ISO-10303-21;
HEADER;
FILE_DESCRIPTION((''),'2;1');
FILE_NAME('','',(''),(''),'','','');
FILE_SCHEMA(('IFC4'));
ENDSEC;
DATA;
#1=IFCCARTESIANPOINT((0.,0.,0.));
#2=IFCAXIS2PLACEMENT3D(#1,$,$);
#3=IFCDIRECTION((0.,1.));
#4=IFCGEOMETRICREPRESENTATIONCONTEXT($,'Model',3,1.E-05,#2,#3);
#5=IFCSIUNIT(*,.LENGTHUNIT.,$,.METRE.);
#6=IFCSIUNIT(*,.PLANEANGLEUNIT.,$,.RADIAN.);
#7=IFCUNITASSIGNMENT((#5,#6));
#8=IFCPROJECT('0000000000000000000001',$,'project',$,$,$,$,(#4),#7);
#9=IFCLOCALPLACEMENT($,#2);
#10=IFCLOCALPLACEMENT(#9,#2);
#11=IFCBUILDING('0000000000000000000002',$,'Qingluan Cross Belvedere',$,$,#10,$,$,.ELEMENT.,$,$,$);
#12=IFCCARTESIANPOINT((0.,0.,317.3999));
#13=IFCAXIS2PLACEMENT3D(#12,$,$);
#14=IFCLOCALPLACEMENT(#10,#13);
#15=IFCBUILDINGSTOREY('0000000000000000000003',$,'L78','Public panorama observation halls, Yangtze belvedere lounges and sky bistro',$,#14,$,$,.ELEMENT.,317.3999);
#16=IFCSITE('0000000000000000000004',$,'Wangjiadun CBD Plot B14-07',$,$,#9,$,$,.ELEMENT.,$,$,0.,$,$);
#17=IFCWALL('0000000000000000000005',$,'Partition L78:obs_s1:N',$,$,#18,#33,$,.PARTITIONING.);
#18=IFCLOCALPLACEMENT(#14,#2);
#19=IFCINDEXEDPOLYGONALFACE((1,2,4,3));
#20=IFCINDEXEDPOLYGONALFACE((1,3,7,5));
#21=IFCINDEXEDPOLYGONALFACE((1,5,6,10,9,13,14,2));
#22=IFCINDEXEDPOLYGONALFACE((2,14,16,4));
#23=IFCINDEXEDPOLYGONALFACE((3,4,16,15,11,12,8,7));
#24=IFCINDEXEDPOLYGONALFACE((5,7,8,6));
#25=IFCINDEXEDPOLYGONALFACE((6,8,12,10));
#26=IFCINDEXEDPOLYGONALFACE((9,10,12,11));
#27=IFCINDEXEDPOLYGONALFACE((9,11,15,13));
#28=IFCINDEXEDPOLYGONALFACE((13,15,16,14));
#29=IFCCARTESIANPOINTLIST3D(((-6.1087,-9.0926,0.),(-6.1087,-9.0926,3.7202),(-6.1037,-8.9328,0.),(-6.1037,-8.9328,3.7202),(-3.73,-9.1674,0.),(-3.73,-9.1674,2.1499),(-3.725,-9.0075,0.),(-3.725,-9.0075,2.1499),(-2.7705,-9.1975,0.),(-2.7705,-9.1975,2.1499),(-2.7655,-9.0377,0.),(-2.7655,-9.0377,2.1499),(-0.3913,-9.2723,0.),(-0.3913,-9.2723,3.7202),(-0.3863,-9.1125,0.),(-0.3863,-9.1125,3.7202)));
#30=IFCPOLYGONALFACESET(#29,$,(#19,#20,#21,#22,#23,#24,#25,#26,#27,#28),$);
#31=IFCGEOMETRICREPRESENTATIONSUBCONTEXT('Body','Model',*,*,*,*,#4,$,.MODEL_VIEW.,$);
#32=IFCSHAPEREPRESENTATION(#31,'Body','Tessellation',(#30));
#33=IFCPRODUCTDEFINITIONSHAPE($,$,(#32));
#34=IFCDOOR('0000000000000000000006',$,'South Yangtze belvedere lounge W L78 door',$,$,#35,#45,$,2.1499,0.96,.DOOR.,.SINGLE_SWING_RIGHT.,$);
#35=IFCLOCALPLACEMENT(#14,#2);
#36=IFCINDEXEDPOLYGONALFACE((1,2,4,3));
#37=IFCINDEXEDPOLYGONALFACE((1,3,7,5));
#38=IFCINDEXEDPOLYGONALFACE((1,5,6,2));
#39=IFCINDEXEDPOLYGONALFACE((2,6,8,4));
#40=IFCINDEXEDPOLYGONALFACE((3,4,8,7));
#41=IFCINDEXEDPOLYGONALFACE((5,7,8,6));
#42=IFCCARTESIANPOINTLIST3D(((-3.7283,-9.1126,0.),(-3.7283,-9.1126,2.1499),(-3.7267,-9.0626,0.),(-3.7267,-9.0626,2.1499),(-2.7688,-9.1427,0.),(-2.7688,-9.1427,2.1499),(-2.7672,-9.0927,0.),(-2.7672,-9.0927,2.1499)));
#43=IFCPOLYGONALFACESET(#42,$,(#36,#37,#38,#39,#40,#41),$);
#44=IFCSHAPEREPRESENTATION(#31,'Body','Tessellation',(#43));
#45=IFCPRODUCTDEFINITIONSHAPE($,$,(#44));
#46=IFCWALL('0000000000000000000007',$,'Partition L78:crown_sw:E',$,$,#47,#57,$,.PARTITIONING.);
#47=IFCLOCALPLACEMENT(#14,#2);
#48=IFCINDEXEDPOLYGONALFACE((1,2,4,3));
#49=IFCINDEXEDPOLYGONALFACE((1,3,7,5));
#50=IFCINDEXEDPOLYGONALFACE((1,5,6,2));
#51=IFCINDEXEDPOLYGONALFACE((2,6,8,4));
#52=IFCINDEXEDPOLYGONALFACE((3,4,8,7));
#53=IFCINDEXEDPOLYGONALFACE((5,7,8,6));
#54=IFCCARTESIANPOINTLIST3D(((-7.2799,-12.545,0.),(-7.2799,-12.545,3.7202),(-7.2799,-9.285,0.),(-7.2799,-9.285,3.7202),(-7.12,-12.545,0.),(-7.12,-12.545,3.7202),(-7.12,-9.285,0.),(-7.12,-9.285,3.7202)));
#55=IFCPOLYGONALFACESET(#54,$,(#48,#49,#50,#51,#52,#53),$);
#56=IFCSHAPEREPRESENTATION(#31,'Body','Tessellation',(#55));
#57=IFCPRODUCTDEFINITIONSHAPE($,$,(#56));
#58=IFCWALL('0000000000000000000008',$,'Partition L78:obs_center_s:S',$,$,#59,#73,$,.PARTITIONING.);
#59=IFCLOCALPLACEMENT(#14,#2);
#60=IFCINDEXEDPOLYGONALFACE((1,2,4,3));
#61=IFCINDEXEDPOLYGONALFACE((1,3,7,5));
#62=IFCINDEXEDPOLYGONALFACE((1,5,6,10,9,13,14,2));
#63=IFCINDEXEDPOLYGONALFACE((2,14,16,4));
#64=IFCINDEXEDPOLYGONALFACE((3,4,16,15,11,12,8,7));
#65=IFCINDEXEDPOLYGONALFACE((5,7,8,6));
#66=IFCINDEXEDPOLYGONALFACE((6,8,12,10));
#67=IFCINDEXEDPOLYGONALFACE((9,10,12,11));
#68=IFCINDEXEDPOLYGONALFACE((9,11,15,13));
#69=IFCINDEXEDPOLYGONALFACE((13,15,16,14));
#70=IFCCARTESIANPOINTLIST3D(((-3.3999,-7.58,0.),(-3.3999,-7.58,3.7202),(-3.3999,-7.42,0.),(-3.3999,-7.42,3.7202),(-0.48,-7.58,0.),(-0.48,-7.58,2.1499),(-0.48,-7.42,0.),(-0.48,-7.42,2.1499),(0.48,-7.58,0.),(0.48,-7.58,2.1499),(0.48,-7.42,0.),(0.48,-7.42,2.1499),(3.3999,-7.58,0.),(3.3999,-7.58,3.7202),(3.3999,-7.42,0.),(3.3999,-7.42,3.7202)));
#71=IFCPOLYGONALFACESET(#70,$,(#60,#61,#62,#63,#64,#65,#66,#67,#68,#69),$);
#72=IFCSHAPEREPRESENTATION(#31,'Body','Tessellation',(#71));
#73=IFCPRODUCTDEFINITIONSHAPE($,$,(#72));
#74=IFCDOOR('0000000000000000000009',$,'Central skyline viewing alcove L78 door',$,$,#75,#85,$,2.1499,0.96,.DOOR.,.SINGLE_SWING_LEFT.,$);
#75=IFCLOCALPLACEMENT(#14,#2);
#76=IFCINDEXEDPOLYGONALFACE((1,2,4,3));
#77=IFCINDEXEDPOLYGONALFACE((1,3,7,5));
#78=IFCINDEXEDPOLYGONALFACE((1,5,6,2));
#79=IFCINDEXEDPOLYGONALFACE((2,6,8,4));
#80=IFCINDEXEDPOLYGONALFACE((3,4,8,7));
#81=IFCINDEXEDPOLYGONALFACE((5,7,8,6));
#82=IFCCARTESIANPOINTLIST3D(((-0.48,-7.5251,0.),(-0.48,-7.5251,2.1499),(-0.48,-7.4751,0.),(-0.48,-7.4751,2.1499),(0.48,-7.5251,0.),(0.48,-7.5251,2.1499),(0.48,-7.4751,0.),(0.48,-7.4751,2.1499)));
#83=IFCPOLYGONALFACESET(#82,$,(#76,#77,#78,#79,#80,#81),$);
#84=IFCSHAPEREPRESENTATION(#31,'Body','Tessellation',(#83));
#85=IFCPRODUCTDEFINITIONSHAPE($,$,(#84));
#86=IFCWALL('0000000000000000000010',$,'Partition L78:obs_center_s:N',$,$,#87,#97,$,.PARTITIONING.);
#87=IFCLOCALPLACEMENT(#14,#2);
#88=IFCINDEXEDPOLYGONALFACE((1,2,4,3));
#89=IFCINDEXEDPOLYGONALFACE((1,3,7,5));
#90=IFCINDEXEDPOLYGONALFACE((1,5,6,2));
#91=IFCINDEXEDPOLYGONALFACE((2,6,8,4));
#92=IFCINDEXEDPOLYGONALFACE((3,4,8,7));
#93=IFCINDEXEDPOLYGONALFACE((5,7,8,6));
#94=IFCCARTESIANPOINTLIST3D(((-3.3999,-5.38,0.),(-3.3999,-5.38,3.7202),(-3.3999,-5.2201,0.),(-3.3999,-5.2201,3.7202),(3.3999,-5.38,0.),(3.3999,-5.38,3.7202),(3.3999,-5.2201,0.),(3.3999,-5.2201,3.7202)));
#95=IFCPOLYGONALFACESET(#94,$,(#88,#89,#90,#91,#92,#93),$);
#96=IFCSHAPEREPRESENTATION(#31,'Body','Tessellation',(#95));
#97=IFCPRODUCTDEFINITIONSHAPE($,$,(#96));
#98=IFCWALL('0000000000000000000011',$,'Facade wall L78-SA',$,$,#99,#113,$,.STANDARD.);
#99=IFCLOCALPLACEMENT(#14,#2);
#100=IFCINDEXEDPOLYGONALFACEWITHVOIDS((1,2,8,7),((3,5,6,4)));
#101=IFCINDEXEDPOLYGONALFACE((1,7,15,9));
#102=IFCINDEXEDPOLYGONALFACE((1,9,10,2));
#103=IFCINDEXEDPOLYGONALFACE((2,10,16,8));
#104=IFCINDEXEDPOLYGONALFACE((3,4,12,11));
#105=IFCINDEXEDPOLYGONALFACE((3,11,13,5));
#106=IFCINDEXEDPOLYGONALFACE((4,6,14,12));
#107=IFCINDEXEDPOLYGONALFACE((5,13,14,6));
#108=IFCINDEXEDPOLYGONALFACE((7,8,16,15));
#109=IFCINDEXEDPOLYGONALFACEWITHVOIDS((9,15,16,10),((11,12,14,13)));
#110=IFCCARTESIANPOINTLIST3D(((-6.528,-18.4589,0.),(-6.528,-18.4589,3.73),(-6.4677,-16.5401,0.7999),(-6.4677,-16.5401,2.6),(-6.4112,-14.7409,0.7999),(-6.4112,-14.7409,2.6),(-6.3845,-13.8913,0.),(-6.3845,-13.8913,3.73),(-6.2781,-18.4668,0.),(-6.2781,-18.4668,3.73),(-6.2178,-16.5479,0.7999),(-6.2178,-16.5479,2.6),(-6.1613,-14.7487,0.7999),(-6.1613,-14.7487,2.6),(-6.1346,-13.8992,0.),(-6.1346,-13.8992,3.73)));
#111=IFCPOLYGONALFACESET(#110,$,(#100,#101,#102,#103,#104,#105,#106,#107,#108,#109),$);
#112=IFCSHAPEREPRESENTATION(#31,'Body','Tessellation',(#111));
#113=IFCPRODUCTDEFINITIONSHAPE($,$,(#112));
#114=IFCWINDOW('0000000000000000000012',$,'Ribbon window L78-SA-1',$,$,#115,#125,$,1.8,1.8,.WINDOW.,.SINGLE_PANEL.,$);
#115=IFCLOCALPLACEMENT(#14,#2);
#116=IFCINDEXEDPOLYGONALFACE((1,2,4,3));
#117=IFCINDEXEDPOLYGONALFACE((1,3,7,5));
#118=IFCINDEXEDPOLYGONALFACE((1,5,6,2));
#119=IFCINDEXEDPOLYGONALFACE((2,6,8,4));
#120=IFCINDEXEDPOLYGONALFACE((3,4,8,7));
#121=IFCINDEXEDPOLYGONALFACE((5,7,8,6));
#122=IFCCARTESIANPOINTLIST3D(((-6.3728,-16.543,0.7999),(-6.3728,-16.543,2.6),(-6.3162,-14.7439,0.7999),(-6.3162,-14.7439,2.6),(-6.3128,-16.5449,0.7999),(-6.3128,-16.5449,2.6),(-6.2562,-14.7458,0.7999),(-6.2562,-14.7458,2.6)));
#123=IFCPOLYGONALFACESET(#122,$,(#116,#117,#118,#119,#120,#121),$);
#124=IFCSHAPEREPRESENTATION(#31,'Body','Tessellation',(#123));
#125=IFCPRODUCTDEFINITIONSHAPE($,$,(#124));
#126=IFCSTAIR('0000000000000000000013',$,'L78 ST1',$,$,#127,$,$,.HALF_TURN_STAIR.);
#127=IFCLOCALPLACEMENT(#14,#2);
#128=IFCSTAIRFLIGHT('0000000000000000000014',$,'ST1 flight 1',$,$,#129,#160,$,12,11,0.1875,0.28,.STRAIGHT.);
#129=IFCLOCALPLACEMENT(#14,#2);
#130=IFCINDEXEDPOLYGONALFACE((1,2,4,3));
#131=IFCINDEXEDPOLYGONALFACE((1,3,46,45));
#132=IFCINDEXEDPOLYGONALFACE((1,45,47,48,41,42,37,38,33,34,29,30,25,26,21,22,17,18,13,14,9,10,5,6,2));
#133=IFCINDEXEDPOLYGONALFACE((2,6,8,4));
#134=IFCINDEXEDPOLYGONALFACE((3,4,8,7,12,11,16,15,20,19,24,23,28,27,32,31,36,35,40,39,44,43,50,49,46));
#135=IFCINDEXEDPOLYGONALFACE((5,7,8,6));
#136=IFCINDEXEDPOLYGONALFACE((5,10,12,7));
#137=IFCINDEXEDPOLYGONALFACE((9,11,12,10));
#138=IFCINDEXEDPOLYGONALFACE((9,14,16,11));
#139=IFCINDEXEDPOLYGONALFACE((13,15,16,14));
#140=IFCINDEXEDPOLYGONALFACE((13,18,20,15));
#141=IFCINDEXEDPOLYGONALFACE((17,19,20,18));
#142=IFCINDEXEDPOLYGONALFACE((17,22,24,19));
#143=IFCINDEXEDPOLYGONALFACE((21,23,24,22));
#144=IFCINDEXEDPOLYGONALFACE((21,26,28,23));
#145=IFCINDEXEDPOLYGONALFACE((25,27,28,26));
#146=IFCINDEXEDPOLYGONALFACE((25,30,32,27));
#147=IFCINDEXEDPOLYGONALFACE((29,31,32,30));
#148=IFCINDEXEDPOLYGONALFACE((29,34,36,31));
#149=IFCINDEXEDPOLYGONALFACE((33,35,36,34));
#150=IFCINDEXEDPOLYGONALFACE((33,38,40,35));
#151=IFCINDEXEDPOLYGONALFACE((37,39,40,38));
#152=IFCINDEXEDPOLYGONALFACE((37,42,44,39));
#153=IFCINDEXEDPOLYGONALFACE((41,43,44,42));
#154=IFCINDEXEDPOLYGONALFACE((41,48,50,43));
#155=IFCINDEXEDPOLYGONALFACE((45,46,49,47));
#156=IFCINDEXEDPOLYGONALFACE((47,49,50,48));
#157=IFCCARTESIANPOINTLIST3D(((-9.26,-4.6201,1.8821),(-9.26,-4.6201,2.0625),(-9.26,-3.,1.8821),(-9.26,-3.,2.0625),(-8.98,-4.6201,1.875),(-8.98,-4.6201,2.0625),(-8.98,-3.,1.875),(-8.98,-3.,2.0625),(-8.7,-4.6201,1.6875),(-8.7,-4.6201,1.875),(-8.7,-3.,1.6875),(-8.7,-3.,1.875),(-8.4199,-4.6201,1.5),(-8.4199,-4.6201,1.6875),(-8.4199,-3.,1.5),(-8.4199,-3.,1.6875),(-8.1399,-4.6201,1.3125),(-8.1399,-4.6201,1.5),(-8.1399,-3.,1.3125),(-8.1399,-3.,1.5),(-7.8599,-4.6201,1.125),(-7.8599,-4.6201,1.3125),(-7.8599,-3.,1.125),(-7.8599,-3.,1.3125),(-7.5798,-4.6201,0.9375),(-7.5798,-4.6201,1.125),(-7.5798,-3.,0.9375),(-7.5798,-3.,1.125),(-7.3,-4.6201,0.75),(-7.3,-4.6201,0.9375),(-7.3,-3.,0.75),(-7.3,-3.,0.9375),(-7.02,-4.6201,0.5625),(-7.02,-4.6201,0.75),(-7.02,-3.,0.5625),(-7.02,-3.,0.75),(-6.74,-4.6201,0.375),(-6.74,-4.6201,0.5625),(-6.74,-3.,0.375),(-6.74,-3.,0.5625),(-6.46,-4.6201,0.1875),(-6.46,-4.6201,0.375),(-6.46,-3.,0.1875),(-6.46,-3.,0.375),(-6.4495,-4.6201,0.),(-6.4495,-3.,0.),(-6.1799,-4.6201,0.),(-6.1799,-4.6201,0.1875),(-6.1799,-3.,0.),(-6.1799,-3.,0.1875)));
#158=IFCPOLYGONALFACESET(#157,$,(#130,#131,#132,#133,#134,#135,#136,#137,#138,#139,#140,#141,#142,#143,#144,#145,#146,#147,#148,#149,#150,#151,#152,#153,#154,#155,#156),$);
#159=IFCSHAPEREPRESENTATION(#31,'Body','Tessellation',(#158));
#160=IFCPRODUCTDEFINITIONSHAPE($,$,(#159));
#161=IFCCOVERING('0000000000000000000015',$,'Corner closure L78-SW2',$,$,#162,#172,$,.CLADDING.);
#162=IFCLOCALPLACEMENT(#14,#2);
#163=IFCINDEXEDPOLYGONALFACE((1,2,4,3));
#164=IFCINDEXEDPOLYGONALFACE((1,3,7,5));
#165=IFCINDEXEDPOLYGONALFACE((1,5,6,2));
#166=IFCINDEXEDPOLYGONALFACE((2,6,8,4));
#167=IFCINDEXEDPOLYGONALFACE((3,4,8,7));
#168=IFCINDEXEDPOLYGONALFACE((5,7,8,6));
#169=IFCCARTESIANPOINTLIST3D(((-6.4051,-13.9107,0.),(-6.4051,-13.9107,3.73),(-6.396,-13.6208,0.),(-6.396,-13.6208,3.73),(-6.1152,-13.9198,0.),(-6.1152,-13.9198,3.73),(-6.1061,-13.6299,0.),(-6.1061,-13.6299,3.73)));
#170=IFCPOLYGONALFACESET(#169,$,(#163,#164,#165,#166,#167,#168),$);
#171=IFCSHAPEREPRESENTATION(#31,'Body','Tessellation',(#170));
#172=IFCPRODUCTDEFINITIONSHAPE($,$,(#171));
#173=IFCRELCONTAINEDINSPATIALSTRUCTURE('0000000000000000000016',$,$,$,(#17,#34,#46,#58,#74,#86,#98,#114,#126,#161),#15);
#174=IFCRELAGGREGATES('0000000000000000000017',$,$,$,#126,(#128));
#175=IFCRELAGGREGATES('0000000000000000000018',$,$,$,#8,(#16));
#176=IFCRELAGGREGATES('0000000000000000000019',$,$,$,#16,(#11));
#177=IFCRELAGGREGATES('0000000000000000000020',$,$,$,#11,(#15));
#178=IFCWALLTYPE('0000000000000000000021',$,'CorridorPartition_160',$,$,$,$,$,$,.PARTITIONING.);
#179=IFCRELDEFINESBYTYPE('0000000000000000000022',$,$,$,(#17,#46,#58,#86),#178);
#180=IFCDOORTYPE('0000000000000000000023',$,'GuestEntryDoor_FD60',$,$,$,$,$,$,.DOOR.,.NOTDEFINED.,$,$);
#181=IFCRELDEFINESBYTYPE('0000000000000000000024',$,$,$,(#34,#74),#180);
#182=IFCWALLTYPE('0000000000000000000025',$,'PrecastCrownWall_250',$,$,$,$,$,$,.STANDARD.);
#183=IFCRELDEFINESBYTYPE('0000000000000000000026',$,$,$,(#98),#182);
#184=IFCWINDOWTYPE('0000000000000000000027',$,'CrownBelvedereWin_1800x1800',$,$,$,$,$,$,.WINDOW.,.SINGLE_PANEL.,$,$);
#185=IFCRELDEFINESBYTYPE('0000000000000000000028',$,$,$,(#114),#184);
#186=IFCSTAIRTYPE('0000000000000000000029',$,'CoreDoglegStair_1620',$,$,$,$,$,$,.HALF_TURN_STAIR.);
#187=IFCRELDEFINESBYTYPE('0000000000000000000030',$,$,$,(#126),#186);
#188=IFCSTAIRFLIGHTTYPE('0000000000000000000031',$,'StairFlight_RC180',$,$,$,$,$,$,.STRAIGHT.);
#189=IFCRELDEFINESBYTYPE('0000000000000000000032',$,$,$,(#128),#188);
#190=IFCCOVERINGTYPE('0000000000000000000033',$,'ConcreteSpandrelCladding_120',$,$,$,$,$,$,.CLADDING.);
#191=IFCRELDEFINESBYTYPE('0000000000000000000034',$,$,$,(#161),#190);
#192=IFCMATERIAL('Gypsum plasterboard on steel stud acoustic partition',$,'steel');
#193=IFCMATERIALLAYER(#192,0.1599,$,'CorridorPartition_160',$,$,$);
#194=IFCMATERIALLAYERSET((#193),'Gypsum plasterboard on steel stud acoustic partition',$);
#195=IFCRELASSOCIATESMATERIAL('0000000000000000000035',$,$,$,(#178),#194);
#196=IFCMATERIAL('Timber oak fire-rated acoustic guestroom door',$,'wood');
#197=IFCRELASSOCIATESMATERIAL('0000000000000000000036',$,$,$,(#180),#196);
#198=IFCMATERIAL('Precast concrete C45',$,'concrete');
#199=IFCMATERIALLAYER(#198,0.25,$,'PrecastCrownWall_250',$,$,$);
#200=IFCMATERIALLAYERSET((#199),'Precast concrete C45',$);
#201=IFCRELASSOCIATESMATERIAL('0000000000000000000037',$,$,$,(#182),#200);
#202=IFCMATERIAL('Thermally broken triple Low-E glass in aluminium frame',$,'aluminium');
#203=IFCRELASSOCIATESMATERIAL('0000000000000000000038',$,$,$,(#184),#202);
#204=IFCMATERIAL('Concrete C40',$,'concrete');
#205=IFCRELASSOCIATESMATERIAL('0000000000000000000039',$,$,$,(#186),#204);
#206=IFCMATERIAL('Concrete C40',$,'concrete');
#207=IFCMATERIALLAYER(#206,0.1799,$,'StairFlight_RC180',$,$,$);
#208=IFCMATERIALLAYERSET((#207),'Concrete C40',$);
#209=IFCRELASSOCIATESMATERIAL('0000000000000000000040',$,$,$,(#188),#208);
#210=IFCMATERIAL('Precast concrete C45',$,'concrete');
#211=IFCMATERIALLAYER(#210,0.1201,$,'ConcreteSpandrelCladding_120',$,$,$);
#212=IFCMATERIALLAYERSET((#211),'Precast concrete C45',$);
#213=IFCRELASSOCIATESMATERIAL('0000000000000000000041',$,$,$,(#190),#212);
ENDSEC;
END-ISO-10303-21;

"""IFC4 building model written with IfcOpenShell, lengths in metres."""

from ifc_helpers import new_model, si_unit, direction, frame, frame_2d, origin, origin_2d, place, context, subcontext, project, spatial, polyline, rectangle, outline, extrude, material, layer, layer_set, type_object, element, fill, aggregate, save


model = new_model("IFC4")

# Units and contexts
model_context = context("Model", 3, precision=1e-05, world=origin(), true_north=direction((0.0, 1.0)))
body_context = subcontext(model_context, "Body", "Model", "MODEL_VIEW")
ifc_project = project(units=[si_unit("LENGTHUNIT", "METRE"), si_unit("PLANEANGLEUNIT", "RADIAN")], contexts=[model_context])

# Site, building, storey
site_placement = place(None, origin())
site = spatial("IfcSite", under=ifc_project, at=site_placement, Name="Wangjiadun CBD Plot B14-07", CompositionType="ELEMENT", RefElevation=0.0)
building_placement = place(site_placement, origin())
building = spatial("IfcBuilding", under=site, at=building_placement, Name="Qingluan Cross Belvedere", CompositionType="ELEMENT")
storey_placement = place(building_placement, frame((0.0, 0.0, 317.3999)))
storey = spatial("IfcBuildingStorey", under=building, at=storey_placement, Name="L78", Description="Public panorama observation halls, Yangtze belvedere lounges and sky bistro", CompositionType="ELEMENT", Elevation=317.3999)

# Wall, opening, door
ifc_material_1 = material(Name="Gypsum plasterboard on steel stud acoustic partition", Category="steel")
ifc_layer_1 = layer(ifc_material_1, 0.1599, Name="CorridorPartition_160")
ifc_layer_set_1 = layer_set([ifc_layer_1], Name="Gypsum plasterboard on steel stud acoustic partition")
wall_type_1 = type_object("IfcWallType", Name="CorridorPartition_160", PredefinedType="PARTITIONING", material=ifc_layer_set_1)
wall_1_placement = place(storey_placement, frame((-6.1062, -9.0127, 0.0), z_axis=(0.0, 0.0, 1.0), x_axis=(0.999506, -0.031413, 0.0)))
wall_1 = element("IfcWall", 1, at=wall_1_placement, inside=storey, type_object=wall_type_1, Name="Partition L78:obs_s1:N", PredefinedType="PARTITIONING", context=body_context, shape_type="SweptSolid", body=[
    extrude(rectangle(XDim=5.7202, YDim=0.1599, at=frame_2d((2.8601, 0.0))), origin(), (0.0, 0.0, 1.0), 3.7202),
])
opening_1_placement = place(wall_1_placement, frame((2.3799, 0.0, 0.0)))
opening_1 = element("IfcOpeningElement", 2, at=opening_1_placement, cuts=wall_1, PredefinedType="OPENING", context=body_context, shape_type="SweptSolid", body=[
    extrude(rectangle(XDim=0.96, YDim=2.1499, at=frame_2d((0.48, 1.075))), frame((0.0, 0.0898, 0.0), z_axis=(0.0, -1.0, 0.0), x_axis=(1.0, 0.0, 0.0)), (0.0, 0.0, 1.0), 0.1799),
])
ifc_material_2 = material(Name="Timber oak fire-rated acoustic guestroom door", Category="wood")
door_type_1 = type_object("IfcDoorType", Name="GuestEntryDoor_FD60", OperationType="NOTDEFINED", PredefinedType="DOOR", material=ifc_material_2)
door_1_placement = place(opening_1_placement, origin())
door_1 = element("IfcDoor", 3, at=door_1_placement, inside=storey, type_object=door_type_1, Name="South Yangtze belvedere lounge W L78 door", OperationType="SINGLE_SWING_RIGHT", OverallHeight=2.1499, OverallWidth=0.96, PredefinedType="DOOR", context=body_context, shape_type="SweptSolid", body=[
    extrude(rectangle(XDim=0.96, YDim=2.1499, at=frame_2d((0.48, 1.075))), frame((0.0, 0.0249, 0.0), z_axis=(0.0, -1.0, 0.0), x_axis=(1.0, 0.0, 0.0)), (0.0, 0.0, 1.0), 0.05),
])
fill(opening_1, door_1)

# Wall
wall_2_placement = place(storey_placement, frame((-7.2, -12.5449, 0.0), z_axis=(0.0, 0.0, 1.0), x_axis=(0.0, 1.0, 0.0)))
element("IfcWall", 4, at=wall_2_placement, inside=storey, type_object=wall_type_1, Name="Partition L78:crown_sw:E", PredefinedType="PARTITIONING", context=body_context, shape_type="SweptSolid", body=[
    extrude(rectangle(XDim=3.26, YDim=0.1599, at=frame_2d((1.6299, 0.0))), origin(), (0.0, 0.0, 1.0), 3.7202),
])

# Wall, opening, door
wall_3_placement = place(storey_placement, frame((-3.3999, -7.5, 0.0), z_axis=(0.0, 0.0, 1.0), x_axis=(1.0, 0.0, 0.0)))
wall_3 = element("IfcWall", 5, at=wall_3_placement, inside=storey, type_object=wall_type_1, Name="Partition L78:obs_center_s:S", PredefinedType="PARTITIONING", context=body_context, shape_type="SweptSolid", body=[
    extrude(rectangle(XDim=6.7998, YDim=0.1599, at=frame_2d((3.3999, 0.0))), origin(), (0.0, 0.0, 1.0), 3.7202),
])
opening_2_placement = place(wall_3_placement, frame((2.9199, 0.0, 0.0)))
opening_2 = element("IfcOpeningElement", 6, at=opening_2_placement, cuts=wall_3, PredefinedType="OPENING", context=body_context, shape_type="SweptSolid", body=[
    extrude(rectangle(XDim=0.96, YDim=2.1499, at=frame_2d((0.48, 1.075))), frame((0.0, 0.0898, 0.0), z_axis=(0.0, -1.0, 0.0), x_axis=(1.0, 0.0, 0.0)), (0.0, 0.0, 1.0), 0.1799),
])
door_2_placement = place(opening_2_placement, origin())
door_2 = element("IfcDoor", 7, at=door_2_placement, inside=storey, type_object=door_type_1, Name="Central skyline viewing alcove L78 door", OperationType="SINGLE_SWING_LEFT", OverallHeight=2.1499, OverallWidth=0.96, PredefinedType="DOOR", context=body_context, shape_type="SweptSolid", body=[
    extrude(rectangle(XDim=0.96, YDim=2.1499, at=frame_2d((0.48, 1.075))), frame((0.0, 0.0249, 0.0), z_axis=(0.0, -1.0, 0.0), x_axis=(1.0, 0.0, 0.0)), (0.0, 0.0, 1.0), 0.05),
])
fill(opening_2, door_2)

# Wall
wall_4_placement = place(storey_placement, frame((-3.3999, -5.3, 0.0), z_axis=(0.0, 0.0, 1.0), x_axis=(1.0, 0.0, 0.0)))
element("IfcWall", 8, at=wall_4_placement, inside=storey, type_object=wall_type_1, Name="Partition L78:obs_center_s:N", PredefinedType="PARTITIONING", context=body_context, shape_type="SweptSolid", body=[
    extrude(rectangle(XDim=6.7998, YDim=0.1599, at=frame_2d((3.3999, 0.0))), origin(), (0.0, 0.0, 1.0), 3.7202),
])

# Wall, opening, window
ifc_material_3 = material(Name="Precast concrete C45", Category="concrete")
ifc_layer_2 = layer(ifc_material_3, 0.25, Name="PrecastCrownWall_250")
ifc_layer_set_2 = layer_set([ifc_layer_2], Name="Precast concrete C45")
wall_type_2 = type_object("IfcWallType", Name="PrecastCrownWall_250", PredefinedType="STANDARD", material=ifc_layer_set_2)
wall_5_placement = place(storey_placement, frame((-6.2595, -13.8953, 0.0), z_axis=(0.0, 0.0, 1.0), x_axis=(-0.031413, -0.999506, 0.0)))
wall_5 = element("IfcWall", 9, at=wall_5_placement, inside=storey, type_object=wall_type_2, Name="Facade wall L78-SA", PredefinedType="STANDARD", context=body_context, shape_type="SweptSolid", body=[
    extrude(rectangle(XDim=4.5698, YDim=0.25, at=frame_2d((2.2849, 0.0))), origin(), (0.0, 0.0, 1.0), 3.73),
])
opening_3_placement = place(wall_5_placement, frame((0.8501, 0.0, 0.8)))
opening_3 = element("IfcOpeningElement", 10, at=opening_3_placement, cuts=wall_5, PredefinedType="OPENING", context=body_context, shape_type="SweptSolid", body=[
    extrude(rectangle(XDim=1.8, YDim=1.8, at=frame_2d((0.8999, 0.8999))), frame((0.0, 0.135, 0.0), z_axis=(0.0, -1.0, 0.0), x_axis=(1.0, 0.0, 0.0)), (0.0, 0.0, 1.0), 0.27),
])
ifc_material_4 = material(Name="Thermally broken triple Low-E glass in aluminium frame", Category="aluminium")
window_type = type_object("IfcWindowType", Name="CrownBelvedereWin_1800x1800", PartitioningType="SINGLE_PANEL", PredefinedType="WINDOW", material=ifc_material_4)
window_placement = place(opening_3_placement, origin())
window = element("IfcWindow", 11, at=window_placement, inside=storey, type_object=window_type, Name="Ribbon window L78-SA-1", OverallHeight=1.8, OverallWidth=1.8, PartitioningType="SINGLE_PANEL", PredefinedType="WINDOW", context=body_context, shape_type="SweptSolid", body=[
    extrude(rectangle(XDim=1.8, YDim=1.8, at=frame_2d((0.8999, 0.8999))), frame((0.0, 0.03, 0.0), z_axis=(0.0, -1.0, 0.0), x_axis=(1.0, 0.0, 0.0)), (0.0, 0.0, 1.0), 0.0601),
])
fill(opening_3, window)

# Stair, stair flight
ifc_material_5 = material(Name="Concrete C40", Category="concrete")
stair_type = type_object("IfcStairType", Name="CoreDoglegStair_1620", PredefinedType="HALF_TURN_STAIR", material=ifc_material_5)
stair_placement = place(storey_placement, origin())
stair = element("IfcStair", 12, at=stair_placement, inside=storey, type_object=stair_type, Name="L78 ST1", PredefinedType="HALF_TURN_STAIR")
ifc_material_6 = material(Name="Concrete C40", Category="concrete")
ifc_layer_3 = layer(ifc_material_6, 0.1799, Name="StairFlight_RC180")
ifc_layer_set_3 = layer_set([ifc_layer_3], Name="Concrete C40")
stair_flight_type = type_object("IfcStairFlightType", Name="StairFlight_RC180", PredefinedType="STRAIGHT", material=ifc_layer_set_3)
stair_flight_placement = place(storey_placement, frame((-6.1799, -3.8101, 0.0), z_axis=(0.0, 0.0, 1.0), x_axis=(-1.0, 0.0, 0.0)))
stair_flight = element("IfcStairFlight", 13, at=stair_flight_placement, type_object=stair_flight_type, Name="ST1 flight 1", NumberOfRisers=12, NumberOfTreads=11, PredefinedType="STRAIGHT", RiserHeight=0.1875, TreadLength=0.28, context=body_context, shape_type="SweptSolid", body=[
    extrude(outline(polyline([(0.0, 0.0), (0.0, 0.1875), (0.28, 0.1875), (0.28, 0.375), (0.5601, 0.375), (0.5601, 0.5625), (0.8401, 0.5625), (0.8401, 0.75), (1.1201, 0.75), (1.1201, 0.9375), (1.3999, 0.9375), (1.3999, 1.125), (1.6799, 1.125), (1.6799, 1.3125), (1.96, 1.3125), (1.96, 1.5), (2.24, 1.5), (2.24, 1.6875), (2.52, 1.6875), (2.52, 1.875), (2.8, 1.875), (2.8, 2.0625), (3.0801, 2.0625), (3.0801, 2.25), (3.0801, 1.8821), (0.2695, 0.0), (0.0, 0.0)])), frame((0.0, 0.8101, 0.0), z_axis=(0.0, -1.0, 0.0), x_axis=(1.0, 0.0, 0.0)), (0.0, 0.0, 1.0), 1.6201),
])
aggregate(stair, [stair_flight])

# Covering
ifc_material_7 = material(Name="Precast concrete C45", Category="concrete")
ifc_layer_4 = layer(ifc_material_7, 0.1201, Name="ConcreteSpandrelCladding_120")
ifc_layer_set_4 = layer_set([ifc_layer_4], Name="Precast concrete C45")
covering_type = type_object("IfcCoveringType", Name="ConcreteSpandrelCladding_120", PredefinedType="CLADDING", material=ifc_layer_set_4)
covering_placement = place(storey_placement, frame((-6.2556, -13.7703, 0.0), z_axis=(0.0, 0.0, 1.0), x_axis=(0.999507, -0.031411, 0.0)))
element("IfcCovering", 14, at=covering_placement, inside=storey, type_object=covering_type, Name="Corner closure L78-SW2", PredefinedType="CLADDING", context=body_context, shape_type="SweptSolid", body=[
    extrude(rectangle(XDim=0.29, YDim=0.29, at=origin_2d()), origin(), (0.0, 0.0, 1.0), 3.73),
])

save(model, "model.ifc")
